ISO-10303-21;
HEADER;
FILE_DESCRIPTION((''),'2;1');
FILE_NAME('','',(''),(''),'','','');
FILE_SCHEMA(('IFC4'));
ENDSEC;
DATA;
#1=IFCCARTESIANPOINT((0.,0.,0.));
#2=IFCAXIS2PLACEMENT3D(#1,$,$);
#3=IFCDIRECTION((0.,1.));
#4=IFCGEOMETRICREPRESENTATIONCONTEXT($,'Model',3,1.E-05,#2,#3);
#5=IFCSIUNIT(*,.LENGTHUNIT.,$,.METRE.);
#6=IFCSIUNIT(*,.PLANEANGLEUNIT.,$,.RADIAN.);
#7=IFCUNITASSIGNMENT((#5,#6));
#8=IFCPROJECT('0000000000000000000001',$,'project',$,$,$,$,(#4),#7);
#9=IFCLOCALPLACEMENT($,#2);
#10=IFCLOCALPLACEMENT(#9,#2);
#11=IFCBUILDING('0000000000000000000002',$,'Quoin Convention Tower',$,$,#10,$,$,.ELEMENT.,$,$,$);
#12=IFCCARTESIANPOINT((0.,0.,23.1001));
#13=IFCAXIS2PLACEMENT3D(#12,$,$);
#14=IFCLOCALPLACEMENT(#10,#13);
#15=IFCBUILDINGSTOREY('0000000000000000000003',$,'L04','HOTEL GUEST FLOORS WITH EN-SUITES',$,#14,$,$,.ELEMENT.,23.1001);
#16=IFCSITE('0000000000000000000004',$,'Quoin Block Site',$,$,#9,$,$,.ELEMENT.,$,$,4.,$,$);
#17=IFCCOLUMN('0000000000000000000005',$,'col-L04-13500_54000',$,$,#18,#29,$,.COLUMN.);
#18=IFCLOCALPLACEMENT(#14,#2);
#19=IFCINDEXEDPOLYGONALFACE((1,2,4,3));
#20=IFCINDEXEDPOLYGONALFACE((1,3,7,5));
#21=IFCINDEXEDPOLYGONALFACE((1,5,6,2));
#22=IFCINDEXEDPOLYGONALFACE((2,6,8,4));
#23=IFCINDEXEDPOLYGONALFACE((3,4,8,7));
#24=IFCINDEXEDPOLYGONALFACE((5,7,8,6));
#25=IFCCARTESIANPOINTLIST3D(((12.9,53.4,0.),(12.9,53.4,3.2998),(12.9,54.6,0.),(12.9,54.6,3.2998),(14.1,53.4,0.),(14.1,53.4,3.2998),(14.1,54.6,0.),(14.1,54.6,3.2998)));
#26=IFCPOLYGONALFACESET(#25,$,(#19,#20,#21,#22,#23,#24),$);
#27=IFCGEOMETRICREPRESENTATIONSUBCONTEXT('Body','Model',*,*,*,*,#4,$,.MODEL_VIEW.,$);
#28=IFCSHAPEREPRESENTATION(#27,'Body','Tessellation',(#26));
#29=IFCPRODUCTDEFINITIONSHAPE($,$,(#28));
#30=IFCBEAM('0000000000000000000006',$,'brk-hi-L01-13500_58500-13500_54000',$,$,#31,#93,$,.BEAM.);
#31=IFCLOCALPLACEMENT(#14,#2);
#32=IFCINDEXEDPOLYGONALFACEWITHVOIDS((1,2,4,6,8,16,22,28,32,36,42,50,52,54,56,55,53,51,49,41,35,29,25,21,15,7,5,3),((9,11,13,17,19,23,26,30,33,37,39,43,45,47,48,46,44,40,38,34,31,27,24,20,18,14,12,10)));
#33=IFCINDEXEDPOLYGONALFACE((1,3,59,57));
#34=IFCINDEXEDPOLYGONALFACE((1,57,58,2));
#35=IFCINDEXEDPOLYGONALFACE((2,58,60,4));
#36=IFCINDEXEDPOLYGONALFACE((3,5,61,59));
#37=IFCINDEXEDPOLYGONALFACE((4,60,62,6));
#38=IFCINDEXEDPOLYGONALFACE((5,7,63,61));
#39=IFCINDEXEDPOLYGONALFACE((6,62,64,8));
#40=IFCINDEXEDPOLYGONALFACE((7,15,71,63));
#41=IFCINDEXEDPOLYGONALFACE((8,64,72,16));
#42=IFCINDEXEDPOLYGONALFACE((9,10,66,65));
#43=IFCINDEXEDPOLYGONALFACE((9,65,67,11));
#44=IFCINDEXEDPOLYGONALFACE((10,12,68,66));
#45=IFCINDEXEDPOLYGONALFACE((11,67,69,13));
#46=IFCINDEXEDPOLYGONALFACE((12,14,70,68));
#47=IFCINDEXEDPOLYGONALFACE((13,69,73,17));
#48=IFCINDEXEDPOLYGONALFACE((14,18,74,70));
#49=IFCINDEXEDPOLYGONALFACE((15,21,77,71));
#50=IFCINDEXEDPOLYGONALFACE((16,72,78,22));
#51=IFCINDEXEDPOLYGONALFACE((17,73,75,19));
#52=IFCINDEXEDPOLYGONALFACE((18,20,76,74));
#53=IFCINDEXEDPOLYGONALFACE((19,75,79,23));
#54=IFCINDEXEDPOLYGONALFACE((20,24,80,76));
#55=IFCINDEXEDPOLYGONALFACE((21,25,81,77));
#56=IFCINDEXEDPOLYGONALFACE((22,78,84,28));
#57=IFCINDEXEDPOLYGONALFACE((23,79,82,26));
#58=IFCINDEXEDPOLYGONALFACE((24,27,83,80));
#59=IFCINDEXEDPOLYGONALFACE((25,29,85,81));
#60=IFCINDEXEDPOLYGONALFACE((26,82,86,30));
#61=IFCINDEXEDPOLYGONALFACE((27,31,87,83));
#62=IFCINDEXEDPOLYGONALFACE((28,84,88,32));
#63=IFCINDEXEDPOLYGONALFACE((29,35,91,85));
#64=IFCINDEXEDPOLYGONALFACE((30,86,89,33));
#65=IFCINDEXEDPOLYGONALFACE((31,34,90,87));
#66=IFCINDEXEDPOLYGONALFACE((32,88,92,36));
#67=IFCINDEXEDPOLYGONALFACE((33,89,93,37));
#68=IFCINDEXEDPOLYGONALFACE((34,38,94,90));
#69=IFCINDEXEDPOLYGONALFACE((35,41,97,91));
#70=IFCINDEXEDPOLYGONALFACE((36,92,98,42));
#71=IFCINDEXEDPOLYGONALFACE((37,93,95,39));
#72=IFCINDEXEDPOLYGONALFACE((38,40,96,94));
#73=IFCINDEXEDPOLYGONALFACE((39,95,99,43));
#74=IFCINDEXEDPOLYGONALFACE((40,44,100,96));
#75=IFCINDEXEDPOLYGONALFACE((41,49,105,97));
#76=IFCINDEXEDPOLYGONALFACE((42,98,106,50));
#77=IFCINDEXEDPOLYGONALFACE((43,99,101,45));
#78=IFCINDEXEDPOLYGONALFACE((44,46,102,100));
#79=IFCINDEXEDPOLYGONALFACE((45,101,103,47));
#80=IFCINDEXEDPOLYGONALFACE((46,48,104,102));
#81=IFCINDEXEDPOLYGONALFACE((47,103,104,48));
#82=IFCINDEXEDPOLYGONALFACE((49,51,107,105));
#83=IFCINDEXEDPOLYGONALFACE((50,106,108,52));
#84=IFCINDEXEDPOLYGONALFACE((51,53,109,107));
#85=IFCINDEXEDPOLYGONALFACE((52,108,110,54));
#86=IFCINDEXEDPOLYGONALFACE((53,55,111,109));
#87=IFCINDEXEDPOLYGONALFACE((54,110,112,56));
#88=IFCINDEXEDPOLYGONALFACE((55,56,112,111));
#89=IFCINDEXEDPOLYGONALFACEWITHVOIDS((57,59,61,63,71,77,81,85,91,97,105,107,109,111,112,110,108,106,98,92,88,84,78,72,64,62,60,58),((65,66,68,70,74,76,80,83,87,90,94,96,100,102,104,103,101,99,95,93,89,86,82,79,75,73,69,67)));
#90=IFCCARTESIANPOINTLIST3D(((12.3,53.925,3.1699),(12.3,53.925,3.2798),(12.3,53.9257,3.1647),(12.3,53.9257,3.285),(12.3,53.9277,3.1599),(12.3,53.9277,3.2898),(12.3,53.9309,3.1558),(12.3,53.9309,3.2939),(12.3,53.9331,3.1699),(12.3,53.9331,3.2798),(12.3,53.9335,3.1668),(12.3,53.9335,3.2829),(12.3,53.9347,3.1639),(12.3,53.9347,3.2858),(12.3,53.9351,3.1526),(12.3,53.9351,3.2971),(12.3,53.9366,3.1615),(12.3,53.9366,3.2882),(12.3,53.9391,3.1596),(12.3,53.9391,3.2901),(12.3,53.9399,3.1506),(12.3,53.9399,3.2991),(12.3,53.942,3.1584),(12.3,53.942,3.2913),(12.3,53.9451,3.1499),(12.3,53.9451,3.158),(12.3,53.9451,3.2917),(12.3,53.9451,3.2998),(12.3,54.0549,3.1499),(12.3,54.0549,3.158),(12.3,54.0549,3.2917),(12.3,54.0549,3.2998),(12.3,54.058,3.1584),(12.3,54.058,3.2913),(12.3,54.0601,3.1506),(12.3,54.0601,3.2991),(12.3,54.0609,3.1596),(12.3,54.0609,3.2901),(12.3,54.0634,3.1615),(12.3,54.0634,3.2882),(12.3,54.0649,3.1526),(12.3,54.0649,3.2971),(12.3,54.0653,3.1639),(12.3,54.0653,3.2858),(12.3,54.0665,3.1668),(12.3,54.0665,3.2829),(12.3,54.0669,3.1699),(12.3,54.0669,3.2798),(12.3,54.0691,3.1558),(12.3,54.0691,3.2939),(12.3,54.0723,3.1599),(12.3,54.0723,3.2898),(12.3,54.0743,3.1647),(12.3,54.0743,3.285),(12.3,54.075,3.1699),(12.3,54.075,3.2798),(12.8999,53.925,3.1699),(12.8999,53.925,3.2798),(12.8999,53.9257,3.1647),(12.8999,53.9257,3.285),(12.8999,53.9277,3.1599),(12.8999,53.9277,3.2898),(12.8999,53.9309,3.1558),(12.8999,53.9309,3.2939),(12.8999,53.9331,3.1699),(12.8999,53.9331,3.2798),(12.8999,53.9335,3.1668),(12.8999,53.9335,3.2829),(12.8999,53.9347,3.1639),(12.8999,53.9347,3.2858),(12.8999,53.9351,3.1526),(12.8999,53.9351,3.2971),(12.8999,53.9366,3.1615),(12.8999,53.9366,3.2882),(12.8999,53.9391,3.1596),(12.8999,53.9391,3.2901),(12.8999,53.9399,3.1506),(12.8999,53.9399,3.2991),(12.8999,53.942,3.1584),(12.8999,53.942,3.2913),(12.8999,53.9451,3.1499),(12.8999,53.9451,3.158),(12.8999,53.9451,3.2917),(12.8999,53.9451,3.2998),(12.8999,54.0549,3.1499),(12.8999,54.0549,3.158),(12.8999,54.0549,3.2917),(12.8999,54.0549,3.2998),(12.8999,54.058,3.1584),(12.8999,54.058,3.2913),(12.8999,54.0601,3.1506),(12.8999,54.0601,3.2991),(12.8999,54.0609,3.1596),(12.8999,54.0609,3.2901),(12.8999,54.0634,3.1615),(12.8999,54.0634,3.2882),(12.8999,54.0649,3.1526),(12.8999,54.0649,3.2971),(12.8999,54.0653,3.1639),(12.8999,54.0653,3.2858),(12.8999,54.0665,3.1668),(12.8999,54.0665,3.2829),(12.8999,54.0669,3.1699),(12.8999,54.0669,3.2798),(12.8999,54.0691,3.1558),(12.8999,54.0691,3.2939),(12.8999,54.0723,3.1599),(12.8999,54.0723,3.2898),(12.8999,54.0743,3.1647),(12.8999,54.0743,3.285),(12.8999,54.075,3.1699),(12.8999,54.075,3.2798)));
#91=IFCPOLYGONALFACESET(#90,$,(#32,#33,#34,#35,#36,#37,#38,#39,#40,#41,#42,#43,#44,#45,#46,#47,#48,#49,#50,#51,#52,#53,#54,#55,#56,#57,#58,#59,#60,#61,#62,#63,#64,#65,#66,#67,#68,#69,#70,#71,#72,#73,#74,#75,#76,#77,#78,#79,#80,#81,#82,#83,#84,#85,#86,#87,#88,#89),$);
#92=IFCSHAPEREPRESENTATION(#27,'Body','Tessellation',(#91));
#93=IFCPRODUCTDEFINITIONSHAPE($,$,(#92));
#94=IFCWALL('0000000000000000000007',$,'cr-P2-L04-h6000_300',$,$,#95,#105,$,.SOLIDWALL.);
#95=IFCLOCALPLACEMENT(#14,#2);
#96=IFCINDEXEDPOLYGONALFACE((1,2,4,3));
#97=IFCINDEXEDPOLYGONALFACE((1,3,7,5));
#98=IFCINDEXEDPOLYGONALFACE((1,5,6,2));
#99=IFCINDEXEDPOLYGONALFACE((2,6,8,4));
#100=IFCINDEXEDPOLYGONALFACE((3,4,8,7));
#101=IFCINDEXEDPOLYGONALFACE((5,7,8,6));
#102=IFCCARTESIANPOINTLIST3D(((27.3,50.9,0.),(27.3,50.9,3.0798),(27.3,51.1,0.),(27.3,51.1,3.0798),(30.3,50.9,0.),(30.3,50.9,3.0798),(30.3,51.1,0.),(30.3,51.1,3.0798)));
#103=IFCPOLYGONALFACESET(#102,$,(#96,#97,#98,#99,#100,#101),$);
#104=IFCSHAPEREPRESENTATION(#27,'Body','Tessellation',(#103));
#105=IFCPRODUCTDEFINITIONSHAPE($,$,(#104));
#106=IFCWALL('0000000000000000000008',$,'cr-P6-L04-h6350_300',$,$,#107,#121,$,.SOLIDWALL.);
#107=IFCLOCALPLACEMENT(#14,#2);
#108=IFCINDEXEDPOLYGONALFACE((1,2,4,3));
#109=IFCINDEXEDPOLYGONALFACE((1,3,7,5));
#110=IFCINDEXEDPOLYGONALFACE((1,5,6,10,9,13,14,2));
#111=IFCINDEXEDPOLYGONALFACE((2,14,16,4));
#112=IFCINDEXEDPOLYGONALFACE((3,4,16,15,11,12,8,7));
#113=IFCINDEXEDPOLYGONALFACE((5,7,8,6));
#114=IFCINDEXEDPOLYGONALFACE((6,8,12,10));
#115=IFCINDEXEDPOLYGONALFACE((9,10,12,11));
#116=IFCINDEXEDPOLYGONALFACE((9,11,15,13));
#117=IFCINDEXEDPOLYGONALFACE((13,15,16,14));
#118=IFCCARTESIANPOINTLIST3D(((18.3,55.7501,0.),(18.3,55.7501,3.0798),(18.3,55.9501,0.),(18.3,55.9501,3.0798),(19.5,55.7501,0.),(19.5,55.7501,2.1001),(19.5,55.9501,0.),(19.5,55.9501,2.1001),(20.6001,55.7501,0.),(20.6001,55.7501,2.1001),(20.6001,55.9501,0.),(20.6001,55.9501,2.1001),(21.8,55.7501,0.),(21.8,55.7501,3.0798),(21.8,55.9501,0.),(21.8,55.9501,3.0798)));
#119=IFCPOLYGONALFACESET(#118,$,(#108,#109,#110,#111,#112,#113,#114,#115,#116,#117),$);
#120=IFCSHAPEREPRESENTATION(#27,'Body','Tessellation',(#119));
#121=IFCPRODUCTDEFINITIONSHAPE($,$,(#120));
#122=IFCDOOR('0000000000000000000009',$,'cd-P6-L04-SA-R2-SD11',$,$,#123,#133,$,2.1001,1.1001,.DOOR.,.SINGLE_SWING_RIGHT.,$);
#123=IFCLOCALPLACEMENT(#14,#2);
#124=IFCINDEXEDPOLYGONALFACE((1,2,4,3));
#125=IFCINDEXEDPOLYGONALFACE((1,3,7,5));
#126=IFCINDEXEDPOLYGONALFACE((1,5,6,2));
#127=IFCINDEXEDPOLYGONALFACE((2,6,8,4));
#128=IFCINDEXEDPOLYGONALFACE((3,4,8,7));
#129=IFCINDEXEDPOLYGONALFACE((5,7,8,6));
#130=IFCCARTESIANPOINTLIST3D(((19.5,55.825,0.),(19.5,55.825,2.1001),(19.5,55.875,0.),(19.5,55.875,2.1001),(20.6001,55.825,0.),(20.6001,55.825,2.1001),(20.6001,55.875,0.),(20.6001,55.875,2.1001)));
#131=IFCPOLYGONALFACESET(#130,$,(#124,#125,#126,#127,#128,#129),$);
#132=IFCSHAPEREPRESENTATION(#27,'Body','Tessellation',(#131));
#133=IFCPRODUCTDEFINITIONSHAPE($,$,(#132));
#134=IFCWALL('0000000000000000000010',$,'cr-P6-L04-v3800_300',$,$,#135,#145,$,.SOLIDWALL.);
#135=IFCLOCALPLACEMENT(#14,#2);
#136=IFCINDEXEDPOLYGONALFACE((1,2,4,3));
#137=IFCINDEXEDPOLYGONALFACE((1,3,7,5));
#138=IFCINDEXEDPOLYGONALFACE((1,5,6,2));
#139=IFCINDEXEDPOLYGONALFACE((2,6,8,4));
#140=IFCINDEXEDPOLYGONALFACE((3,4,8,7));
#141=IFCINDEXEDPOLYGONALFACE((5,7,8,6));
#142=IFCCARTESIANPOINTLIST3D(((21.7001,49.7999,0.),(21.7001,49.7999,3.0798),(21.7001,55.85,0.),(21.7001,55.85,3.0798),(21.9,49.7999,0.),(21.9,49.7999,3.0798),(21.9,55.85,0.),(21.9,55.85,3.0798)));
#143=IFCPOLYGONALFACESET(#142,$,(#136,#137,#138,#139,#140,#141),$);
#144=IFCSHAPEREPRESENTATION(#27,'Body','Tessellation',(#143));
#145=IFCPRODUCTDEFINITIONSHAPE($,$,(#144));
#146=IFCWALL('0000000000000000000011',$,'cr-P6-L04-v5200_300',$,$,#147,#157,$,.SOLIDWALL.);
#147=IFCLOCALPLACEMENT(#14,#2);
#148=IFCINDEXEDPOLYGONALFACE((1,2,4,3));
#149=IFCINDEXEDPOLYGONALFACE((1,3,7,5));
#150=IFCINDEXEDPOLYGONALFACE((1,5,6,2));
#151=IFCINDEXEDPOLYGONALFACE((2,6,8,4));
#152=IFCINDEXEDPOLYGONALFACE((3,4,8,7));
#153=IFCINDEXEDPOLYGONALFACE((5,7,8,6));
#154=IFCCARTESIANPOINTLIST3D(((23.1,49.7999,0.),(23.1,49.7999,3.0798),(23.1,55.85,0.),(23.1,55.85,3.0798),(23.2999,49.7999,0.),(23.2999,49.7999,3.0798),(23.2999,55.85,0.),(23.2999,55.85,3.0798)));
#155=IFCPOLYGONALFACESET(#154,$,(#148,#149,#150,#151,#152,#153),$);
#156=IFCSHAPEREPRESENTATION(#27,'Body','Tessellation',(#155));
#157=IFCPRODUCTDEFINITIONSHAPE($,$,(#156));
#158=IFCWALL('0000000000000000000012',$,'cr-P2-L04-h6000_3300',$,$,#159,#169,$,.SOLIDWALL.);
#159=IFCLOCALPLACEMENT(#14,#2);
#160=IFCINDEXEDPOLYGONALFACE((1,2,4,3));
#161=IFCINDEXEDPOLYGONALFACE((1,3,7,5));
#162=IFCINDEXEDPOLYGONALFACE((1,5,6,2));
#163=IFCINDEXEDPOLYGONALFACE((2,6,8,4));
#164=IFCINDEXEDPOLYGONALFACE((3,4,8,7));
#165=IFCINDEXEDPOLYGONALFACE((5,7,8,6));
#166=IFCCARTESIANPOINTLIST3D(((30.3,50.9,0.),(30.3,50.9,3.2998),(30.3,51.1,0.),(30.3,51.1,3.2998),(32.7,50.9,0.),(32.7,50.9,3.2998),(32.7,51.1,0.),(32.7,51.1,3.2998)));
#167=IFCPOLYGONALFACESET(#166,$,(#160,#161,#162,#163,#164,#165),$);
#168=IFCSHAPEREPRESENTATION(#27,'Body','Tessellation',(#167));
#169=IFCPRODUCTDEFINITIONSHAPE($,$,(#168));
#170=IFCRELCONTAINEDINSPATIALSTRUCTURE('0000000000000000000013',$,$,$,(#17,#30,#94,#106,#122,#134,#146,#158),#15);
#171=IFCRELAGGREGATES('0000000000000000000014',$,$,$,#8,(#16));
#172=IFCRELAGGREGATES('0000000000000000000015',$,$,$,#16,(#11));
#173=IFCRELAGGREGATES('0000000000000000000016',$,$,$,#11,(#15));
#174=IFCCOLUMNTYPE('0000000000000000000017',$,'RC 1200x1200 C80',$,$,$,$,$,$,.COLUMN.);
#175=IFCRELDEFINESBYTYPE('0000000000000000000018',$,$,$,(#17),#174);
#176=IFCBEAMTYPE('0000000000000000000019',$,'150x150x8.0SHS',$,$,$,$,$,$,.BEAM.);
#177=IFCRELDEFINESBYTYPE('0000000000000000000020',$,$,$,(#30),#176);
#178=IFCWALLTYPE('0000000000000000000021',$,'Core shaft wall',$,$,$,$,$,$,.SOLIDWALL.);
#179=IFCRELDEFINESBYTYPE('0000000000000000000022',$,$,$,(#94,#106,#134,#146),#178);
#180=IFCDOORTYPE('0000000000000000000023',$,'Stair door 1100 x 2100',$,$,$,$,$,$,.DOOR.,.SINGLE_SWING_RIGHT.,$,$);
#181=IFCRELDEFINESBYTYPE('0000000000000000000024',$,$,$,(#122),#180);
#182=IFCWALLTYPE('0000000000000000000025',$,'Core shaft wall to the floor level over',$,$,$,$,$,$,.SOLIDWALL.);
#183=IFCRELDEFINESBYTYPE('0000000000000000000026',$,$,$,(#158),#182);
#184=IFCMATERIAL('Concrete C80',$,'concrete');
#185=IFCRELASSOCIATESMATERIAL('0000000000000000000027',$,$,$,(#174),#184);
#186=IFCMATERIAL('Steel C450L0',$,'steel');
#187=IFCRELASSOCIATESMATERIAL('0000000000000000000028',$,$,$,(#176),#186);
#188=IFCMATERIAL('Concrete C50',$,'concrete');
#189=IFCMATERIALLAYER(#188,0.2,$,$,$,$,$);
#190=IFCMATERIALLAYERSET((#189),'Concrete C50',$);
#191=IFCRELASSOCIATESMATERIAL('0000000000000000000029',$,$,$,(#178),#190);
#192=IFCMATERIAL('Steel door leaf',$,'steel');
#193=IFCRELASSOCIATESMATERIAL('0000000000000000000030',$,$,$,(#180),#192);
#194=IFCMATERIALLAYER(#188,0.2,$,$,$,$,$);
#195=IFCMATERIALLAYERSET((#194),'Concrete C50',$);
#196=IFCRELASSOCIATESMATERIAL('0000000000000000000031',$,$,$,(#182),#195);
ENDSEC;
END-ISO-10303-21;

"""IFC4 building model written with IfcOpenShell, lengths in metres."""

from ifc_helpers import new_model, si_unit, direction, frame, frame_2d, origin, origin_2d, place, context, subcontext, project, spatial, rectangle, hollow_rectangle, extrude, material, layer, layer_set, material_profile, profile_set, type_object, element, fill, save


model = new_model("IFC4")

# Units and contexts
model_context = context("Model", 3, precision=1e-05, world=origin(), true_north=direction((0.0, 1.0)))
body_context = subcontext(model_context, "Body", "Model", "MODEL_VIEW")
ifc_project = project(units=[si_unit("LENGTHUNIT", "METRE"), si_unit("PLANEANGLEUNIT", "RADIAN")], contexts=[model_context])

# Site, building, storey
site_placement = place(None, origin())
site = spatial("IfcSite", under=ifc_project, at=site_placement, Name="Quoin Block Site", CompositionType="ELEMENT", RefElevation=4.0)
building_placement = place(site_placement, origin())
building = spatial("IfcBuilding", under=site, at=building_placement, Name="Quoin Convention Tower", CompositionType="ELEMENT")
storey_placement = place(building_placement, frame((0.0, 0.0, 23.1001)))
storey = spatial("IfcBuildingStorey", under=building, at=storey_placement, Name="L04", Description="HOTEL GUEST FLOORS WITH EN-SUITES", CompositionType="ELEMENT", Elevation=23.1001)

# Column
ifc_material_1 = material(Name="Concrete C80", Category="concrete")
ifc_material_profile_1 = material_profile(ifc_material_1, rectangle(XDim=1.2, YDim=1.2, at=origin_2d()), Name="RC 1200x1200")
ifc_profile_set_1 = profile_set([ifc_material_profile_1], Name="Concrete C80")
column_type = type_object("IfcColumnType", Name="RC 1200x1200 C80", PredefinedType="COLUMN", material=ifc_profile_set_1)
column_placement = place(storey_placement, frame((13.5, 54.0, 0.0), z_axis=(0.0, 0.0, 1.0), x_axis=(1.0, 0.0, 0.0)))
element("IfcColumn", 1, at=column_placement, inside=storey, type_object=column_type, Name="col-L04-13500_54000", PredefinedType="COLUMN", context=body_context, shape_type="SweptSolid", body=[
    extrude(rectangle(XDim=1.2, YDim=1.2, at=origin_2d()), origin(), (0.0, 0.0, 1.0), 3.2998),
])

# Beam
ifc_material_2 = material(Name="Steel C450L0", Category="steel")
ifc_material_profile_2 = material_profile(ifc_material_2, hollow_rectangle(XDim=0.1499, YDim=0.1499, WallThickness=0.0081, InnerFilletRadius=0.012, OuterFilletRadius=0.02, at=origin_2d()), Name="150x150x8.0SHS")
ifc_profile_set_2 = profile_set([ifc_material_profile_2], Name="Steel C450L0")
beam_type = type_object("IfcBeamType", Name="150x150x8.0SHS", PredefinedType="BEAM", material=ifc_profile_set_2)
beam_placement = place(storey_placement, frame((12.8999, 54.0, 3.2249), z_axis=(-1.0, 0.0, 0.0), x_axis=(0.0, -1.0, 0.0)))
element("IfcBeam", 2, at=beam_placement, inside=storey, type_object=beam_type, Name="brk-hi-L01-13500_58500-13500_54000", PredefinedType="BEAM", context=body_context, shape_type="SweptSolid", body=[
    extrude(hollow_rectangle(XDim=0.1499, YDim=0.1499, WallThickness=0.0081, InnerFilletRadius=0.012, OuterFilletRadius=0.02, at=origin_2d()), origin(), (0.0, 0.0, 1.0), 0.5999),
])

# Wall
ifc_material_3 = material(Name="Concrete C50", Category="concrete")
ifc_layer_1 = layer(ifc_material_3, 0.2)
ifc_layer_set_1 = layer_set([ifc_layer_1], Name="Concrete C50")
wall_type_1 = type_object("IfcWallType", Name="Core shaft wall", PredefinedType="SOLIDWALL", material=ifc_layer_set_1)
wall_1_placement = place(storey_placement, frame((27.3, 51.0, 0.0), z_axis=(0.0, 0.0, 1.0), x_axis=(1.0, 0.0, 0.0)))
element("IfcWall", 3, at=wall_1_placement, inside=storey, type_object=wall_type_1, Name="cr-P2-L04-h6000_300", PredefinedType="SOLIDWALL", context=body_context, shape_type="SweptSolid", body=[
    extrude(rectangle(XDim=3.0, YDim=0.2, at=frame_2d((1.5, 0.0))), origin(), (0.0, 0.0, 1.0), 3.0798),
])

# Wall, opening, door
wall_2_placement = place(storey_placement, frame((18.3, 55.8501, 0.0), z_axis=(0.0, 0.0, 1.0), x_axis=(1.0, 0.0, 0.0)))
wall_2 = element("IfcWall", 4, at=wall_2_placement, inside=storey, type_object=wall_type_1, Name="cr-P6-L04-h6350_300", PredefinedType="SOLIDWALL", context=body_context, shape_type="SweptSolid", body=[
    extrude(rectangle(XDim=3.5, YDim=0.2, at=frame_2d((1.75, 0.0))), origin(), (0.0, 0.0, 1.0), 3.0798),
])
opening_1_placement = place(wall_2_placement, frame((1.2, 0.0, 0.0)))
opening_1 = element("IfcOpeningElement", 5, at=opening_1_placement, cuts=wall_2, PredefinedType="OPENING", context=body_context, shape_type="SweptSolid", body=[
    extrude(rectangle(XDim=1.1001, YDim=2.1001, at=frame_2d((0.55, 1.05))), frame((0.0, 0.1099, 0.0), z_axis=(0.0, -1.0, 0.0), x_axis=(1.0, 0.0, 0.0)), (0.0, 0.0, 1.0), 0.22),
])
ifc_material_4 = material(Name="Steel door leaf", Category="steel")
door_type_1 = type_object("IfcDoorType", Name="Stair door 1100 x 2100", OperationType="SINGLE_SWING_RIGHT", PredefinedType="DOOR", material=ifc_material_4)
door_1_placement = place(opening_1_placement, origin())
door_1 = element("IfcDoor", 6, at=door_1_placement, inside=storey, type_object=door_type_1, Name="cd-P6-L04-SA-R2-SD11", OperationType="SINGLE_SWING_RIGHT", OverallHeight=2.1001, OverallWidth=1.1001, PredefinedType="DOOR", context=body_context, shape_type="SweptSolid", body=[
    extrude(rectangle(XDim=1.1001, YDim=2.1001, at=frame_2d((0.55, 1.05))), frame((0.0, 0.0249, 0.0), z_axis=(0.0, -1.0, 0.0), x_axis=(1.0, 0.0, 0.0)), (0.0, 0.0, 1.0), 0.05),
])
fill(opening_1, door_1)

# Walls
for number, where, z_axis, x_axis, name in (
    (7, (21.8, 49.8, 0.0), (0.0, 0.0, 1.0), (0.0, 1.0, 0.0), "cr-P6-L04-v3800_300"),
    (8, (23.2, 49.8, 0.0), (0.0, 0.0, 1.0), (0.0, 1.0, 0.0), "cr-P6-L04-v5200_300"),
):
    element("IfcWall", number, at=place(storey_placement, frame(where, z_axis=z_axis, x_axis=x_axis)), inside=storey, type_object=wall_type_1, Name=name, PredefinedType="SOLIDWALL", context=body_context, shape_type="SweptSolid", body=[
        extrude(rectangle(XDim=6.05, YDim=0.2, at=frame_2d((3.0249, 0.0))), origin(), (0.0, 0.0, 1.0), 3.0798),
    ])
ifc_layer_2 = layer(ifc_material_3, 0.2)
ifc_layer_set_2 = layer_set([ifc_layer_2], Name="Concrete C50")
wall_type_2 = type_object("IfcWallType", Name="Core shaft wall to the floor level over", PredefinedType="SOLIDWALL", material=ifc_layer_set_2)
wall_3_placement = place(storey_placement, frame((30.3, 51.0, 0.0), z_axis=(0.0, 0.0, 1.0), x_axis=(1.0, 0.0, 0.0)))
element("IfcWall", 9, at=wall_3_placement, inside=storey, type_object=wall_type_2, Name="cr-P2-L04-h6000_3300", PredefinedType="SOLIDWALL", context=body_context, shape_type="SweptSolid", body=[
    extrude(rectangle(XDim=2.3999, YDim=0.2, at=frame_2d((1.2, 0.0))), origin(), (0.0, 0.0, 1.0), 3.2998),
])

save(model, "model.ifc")
